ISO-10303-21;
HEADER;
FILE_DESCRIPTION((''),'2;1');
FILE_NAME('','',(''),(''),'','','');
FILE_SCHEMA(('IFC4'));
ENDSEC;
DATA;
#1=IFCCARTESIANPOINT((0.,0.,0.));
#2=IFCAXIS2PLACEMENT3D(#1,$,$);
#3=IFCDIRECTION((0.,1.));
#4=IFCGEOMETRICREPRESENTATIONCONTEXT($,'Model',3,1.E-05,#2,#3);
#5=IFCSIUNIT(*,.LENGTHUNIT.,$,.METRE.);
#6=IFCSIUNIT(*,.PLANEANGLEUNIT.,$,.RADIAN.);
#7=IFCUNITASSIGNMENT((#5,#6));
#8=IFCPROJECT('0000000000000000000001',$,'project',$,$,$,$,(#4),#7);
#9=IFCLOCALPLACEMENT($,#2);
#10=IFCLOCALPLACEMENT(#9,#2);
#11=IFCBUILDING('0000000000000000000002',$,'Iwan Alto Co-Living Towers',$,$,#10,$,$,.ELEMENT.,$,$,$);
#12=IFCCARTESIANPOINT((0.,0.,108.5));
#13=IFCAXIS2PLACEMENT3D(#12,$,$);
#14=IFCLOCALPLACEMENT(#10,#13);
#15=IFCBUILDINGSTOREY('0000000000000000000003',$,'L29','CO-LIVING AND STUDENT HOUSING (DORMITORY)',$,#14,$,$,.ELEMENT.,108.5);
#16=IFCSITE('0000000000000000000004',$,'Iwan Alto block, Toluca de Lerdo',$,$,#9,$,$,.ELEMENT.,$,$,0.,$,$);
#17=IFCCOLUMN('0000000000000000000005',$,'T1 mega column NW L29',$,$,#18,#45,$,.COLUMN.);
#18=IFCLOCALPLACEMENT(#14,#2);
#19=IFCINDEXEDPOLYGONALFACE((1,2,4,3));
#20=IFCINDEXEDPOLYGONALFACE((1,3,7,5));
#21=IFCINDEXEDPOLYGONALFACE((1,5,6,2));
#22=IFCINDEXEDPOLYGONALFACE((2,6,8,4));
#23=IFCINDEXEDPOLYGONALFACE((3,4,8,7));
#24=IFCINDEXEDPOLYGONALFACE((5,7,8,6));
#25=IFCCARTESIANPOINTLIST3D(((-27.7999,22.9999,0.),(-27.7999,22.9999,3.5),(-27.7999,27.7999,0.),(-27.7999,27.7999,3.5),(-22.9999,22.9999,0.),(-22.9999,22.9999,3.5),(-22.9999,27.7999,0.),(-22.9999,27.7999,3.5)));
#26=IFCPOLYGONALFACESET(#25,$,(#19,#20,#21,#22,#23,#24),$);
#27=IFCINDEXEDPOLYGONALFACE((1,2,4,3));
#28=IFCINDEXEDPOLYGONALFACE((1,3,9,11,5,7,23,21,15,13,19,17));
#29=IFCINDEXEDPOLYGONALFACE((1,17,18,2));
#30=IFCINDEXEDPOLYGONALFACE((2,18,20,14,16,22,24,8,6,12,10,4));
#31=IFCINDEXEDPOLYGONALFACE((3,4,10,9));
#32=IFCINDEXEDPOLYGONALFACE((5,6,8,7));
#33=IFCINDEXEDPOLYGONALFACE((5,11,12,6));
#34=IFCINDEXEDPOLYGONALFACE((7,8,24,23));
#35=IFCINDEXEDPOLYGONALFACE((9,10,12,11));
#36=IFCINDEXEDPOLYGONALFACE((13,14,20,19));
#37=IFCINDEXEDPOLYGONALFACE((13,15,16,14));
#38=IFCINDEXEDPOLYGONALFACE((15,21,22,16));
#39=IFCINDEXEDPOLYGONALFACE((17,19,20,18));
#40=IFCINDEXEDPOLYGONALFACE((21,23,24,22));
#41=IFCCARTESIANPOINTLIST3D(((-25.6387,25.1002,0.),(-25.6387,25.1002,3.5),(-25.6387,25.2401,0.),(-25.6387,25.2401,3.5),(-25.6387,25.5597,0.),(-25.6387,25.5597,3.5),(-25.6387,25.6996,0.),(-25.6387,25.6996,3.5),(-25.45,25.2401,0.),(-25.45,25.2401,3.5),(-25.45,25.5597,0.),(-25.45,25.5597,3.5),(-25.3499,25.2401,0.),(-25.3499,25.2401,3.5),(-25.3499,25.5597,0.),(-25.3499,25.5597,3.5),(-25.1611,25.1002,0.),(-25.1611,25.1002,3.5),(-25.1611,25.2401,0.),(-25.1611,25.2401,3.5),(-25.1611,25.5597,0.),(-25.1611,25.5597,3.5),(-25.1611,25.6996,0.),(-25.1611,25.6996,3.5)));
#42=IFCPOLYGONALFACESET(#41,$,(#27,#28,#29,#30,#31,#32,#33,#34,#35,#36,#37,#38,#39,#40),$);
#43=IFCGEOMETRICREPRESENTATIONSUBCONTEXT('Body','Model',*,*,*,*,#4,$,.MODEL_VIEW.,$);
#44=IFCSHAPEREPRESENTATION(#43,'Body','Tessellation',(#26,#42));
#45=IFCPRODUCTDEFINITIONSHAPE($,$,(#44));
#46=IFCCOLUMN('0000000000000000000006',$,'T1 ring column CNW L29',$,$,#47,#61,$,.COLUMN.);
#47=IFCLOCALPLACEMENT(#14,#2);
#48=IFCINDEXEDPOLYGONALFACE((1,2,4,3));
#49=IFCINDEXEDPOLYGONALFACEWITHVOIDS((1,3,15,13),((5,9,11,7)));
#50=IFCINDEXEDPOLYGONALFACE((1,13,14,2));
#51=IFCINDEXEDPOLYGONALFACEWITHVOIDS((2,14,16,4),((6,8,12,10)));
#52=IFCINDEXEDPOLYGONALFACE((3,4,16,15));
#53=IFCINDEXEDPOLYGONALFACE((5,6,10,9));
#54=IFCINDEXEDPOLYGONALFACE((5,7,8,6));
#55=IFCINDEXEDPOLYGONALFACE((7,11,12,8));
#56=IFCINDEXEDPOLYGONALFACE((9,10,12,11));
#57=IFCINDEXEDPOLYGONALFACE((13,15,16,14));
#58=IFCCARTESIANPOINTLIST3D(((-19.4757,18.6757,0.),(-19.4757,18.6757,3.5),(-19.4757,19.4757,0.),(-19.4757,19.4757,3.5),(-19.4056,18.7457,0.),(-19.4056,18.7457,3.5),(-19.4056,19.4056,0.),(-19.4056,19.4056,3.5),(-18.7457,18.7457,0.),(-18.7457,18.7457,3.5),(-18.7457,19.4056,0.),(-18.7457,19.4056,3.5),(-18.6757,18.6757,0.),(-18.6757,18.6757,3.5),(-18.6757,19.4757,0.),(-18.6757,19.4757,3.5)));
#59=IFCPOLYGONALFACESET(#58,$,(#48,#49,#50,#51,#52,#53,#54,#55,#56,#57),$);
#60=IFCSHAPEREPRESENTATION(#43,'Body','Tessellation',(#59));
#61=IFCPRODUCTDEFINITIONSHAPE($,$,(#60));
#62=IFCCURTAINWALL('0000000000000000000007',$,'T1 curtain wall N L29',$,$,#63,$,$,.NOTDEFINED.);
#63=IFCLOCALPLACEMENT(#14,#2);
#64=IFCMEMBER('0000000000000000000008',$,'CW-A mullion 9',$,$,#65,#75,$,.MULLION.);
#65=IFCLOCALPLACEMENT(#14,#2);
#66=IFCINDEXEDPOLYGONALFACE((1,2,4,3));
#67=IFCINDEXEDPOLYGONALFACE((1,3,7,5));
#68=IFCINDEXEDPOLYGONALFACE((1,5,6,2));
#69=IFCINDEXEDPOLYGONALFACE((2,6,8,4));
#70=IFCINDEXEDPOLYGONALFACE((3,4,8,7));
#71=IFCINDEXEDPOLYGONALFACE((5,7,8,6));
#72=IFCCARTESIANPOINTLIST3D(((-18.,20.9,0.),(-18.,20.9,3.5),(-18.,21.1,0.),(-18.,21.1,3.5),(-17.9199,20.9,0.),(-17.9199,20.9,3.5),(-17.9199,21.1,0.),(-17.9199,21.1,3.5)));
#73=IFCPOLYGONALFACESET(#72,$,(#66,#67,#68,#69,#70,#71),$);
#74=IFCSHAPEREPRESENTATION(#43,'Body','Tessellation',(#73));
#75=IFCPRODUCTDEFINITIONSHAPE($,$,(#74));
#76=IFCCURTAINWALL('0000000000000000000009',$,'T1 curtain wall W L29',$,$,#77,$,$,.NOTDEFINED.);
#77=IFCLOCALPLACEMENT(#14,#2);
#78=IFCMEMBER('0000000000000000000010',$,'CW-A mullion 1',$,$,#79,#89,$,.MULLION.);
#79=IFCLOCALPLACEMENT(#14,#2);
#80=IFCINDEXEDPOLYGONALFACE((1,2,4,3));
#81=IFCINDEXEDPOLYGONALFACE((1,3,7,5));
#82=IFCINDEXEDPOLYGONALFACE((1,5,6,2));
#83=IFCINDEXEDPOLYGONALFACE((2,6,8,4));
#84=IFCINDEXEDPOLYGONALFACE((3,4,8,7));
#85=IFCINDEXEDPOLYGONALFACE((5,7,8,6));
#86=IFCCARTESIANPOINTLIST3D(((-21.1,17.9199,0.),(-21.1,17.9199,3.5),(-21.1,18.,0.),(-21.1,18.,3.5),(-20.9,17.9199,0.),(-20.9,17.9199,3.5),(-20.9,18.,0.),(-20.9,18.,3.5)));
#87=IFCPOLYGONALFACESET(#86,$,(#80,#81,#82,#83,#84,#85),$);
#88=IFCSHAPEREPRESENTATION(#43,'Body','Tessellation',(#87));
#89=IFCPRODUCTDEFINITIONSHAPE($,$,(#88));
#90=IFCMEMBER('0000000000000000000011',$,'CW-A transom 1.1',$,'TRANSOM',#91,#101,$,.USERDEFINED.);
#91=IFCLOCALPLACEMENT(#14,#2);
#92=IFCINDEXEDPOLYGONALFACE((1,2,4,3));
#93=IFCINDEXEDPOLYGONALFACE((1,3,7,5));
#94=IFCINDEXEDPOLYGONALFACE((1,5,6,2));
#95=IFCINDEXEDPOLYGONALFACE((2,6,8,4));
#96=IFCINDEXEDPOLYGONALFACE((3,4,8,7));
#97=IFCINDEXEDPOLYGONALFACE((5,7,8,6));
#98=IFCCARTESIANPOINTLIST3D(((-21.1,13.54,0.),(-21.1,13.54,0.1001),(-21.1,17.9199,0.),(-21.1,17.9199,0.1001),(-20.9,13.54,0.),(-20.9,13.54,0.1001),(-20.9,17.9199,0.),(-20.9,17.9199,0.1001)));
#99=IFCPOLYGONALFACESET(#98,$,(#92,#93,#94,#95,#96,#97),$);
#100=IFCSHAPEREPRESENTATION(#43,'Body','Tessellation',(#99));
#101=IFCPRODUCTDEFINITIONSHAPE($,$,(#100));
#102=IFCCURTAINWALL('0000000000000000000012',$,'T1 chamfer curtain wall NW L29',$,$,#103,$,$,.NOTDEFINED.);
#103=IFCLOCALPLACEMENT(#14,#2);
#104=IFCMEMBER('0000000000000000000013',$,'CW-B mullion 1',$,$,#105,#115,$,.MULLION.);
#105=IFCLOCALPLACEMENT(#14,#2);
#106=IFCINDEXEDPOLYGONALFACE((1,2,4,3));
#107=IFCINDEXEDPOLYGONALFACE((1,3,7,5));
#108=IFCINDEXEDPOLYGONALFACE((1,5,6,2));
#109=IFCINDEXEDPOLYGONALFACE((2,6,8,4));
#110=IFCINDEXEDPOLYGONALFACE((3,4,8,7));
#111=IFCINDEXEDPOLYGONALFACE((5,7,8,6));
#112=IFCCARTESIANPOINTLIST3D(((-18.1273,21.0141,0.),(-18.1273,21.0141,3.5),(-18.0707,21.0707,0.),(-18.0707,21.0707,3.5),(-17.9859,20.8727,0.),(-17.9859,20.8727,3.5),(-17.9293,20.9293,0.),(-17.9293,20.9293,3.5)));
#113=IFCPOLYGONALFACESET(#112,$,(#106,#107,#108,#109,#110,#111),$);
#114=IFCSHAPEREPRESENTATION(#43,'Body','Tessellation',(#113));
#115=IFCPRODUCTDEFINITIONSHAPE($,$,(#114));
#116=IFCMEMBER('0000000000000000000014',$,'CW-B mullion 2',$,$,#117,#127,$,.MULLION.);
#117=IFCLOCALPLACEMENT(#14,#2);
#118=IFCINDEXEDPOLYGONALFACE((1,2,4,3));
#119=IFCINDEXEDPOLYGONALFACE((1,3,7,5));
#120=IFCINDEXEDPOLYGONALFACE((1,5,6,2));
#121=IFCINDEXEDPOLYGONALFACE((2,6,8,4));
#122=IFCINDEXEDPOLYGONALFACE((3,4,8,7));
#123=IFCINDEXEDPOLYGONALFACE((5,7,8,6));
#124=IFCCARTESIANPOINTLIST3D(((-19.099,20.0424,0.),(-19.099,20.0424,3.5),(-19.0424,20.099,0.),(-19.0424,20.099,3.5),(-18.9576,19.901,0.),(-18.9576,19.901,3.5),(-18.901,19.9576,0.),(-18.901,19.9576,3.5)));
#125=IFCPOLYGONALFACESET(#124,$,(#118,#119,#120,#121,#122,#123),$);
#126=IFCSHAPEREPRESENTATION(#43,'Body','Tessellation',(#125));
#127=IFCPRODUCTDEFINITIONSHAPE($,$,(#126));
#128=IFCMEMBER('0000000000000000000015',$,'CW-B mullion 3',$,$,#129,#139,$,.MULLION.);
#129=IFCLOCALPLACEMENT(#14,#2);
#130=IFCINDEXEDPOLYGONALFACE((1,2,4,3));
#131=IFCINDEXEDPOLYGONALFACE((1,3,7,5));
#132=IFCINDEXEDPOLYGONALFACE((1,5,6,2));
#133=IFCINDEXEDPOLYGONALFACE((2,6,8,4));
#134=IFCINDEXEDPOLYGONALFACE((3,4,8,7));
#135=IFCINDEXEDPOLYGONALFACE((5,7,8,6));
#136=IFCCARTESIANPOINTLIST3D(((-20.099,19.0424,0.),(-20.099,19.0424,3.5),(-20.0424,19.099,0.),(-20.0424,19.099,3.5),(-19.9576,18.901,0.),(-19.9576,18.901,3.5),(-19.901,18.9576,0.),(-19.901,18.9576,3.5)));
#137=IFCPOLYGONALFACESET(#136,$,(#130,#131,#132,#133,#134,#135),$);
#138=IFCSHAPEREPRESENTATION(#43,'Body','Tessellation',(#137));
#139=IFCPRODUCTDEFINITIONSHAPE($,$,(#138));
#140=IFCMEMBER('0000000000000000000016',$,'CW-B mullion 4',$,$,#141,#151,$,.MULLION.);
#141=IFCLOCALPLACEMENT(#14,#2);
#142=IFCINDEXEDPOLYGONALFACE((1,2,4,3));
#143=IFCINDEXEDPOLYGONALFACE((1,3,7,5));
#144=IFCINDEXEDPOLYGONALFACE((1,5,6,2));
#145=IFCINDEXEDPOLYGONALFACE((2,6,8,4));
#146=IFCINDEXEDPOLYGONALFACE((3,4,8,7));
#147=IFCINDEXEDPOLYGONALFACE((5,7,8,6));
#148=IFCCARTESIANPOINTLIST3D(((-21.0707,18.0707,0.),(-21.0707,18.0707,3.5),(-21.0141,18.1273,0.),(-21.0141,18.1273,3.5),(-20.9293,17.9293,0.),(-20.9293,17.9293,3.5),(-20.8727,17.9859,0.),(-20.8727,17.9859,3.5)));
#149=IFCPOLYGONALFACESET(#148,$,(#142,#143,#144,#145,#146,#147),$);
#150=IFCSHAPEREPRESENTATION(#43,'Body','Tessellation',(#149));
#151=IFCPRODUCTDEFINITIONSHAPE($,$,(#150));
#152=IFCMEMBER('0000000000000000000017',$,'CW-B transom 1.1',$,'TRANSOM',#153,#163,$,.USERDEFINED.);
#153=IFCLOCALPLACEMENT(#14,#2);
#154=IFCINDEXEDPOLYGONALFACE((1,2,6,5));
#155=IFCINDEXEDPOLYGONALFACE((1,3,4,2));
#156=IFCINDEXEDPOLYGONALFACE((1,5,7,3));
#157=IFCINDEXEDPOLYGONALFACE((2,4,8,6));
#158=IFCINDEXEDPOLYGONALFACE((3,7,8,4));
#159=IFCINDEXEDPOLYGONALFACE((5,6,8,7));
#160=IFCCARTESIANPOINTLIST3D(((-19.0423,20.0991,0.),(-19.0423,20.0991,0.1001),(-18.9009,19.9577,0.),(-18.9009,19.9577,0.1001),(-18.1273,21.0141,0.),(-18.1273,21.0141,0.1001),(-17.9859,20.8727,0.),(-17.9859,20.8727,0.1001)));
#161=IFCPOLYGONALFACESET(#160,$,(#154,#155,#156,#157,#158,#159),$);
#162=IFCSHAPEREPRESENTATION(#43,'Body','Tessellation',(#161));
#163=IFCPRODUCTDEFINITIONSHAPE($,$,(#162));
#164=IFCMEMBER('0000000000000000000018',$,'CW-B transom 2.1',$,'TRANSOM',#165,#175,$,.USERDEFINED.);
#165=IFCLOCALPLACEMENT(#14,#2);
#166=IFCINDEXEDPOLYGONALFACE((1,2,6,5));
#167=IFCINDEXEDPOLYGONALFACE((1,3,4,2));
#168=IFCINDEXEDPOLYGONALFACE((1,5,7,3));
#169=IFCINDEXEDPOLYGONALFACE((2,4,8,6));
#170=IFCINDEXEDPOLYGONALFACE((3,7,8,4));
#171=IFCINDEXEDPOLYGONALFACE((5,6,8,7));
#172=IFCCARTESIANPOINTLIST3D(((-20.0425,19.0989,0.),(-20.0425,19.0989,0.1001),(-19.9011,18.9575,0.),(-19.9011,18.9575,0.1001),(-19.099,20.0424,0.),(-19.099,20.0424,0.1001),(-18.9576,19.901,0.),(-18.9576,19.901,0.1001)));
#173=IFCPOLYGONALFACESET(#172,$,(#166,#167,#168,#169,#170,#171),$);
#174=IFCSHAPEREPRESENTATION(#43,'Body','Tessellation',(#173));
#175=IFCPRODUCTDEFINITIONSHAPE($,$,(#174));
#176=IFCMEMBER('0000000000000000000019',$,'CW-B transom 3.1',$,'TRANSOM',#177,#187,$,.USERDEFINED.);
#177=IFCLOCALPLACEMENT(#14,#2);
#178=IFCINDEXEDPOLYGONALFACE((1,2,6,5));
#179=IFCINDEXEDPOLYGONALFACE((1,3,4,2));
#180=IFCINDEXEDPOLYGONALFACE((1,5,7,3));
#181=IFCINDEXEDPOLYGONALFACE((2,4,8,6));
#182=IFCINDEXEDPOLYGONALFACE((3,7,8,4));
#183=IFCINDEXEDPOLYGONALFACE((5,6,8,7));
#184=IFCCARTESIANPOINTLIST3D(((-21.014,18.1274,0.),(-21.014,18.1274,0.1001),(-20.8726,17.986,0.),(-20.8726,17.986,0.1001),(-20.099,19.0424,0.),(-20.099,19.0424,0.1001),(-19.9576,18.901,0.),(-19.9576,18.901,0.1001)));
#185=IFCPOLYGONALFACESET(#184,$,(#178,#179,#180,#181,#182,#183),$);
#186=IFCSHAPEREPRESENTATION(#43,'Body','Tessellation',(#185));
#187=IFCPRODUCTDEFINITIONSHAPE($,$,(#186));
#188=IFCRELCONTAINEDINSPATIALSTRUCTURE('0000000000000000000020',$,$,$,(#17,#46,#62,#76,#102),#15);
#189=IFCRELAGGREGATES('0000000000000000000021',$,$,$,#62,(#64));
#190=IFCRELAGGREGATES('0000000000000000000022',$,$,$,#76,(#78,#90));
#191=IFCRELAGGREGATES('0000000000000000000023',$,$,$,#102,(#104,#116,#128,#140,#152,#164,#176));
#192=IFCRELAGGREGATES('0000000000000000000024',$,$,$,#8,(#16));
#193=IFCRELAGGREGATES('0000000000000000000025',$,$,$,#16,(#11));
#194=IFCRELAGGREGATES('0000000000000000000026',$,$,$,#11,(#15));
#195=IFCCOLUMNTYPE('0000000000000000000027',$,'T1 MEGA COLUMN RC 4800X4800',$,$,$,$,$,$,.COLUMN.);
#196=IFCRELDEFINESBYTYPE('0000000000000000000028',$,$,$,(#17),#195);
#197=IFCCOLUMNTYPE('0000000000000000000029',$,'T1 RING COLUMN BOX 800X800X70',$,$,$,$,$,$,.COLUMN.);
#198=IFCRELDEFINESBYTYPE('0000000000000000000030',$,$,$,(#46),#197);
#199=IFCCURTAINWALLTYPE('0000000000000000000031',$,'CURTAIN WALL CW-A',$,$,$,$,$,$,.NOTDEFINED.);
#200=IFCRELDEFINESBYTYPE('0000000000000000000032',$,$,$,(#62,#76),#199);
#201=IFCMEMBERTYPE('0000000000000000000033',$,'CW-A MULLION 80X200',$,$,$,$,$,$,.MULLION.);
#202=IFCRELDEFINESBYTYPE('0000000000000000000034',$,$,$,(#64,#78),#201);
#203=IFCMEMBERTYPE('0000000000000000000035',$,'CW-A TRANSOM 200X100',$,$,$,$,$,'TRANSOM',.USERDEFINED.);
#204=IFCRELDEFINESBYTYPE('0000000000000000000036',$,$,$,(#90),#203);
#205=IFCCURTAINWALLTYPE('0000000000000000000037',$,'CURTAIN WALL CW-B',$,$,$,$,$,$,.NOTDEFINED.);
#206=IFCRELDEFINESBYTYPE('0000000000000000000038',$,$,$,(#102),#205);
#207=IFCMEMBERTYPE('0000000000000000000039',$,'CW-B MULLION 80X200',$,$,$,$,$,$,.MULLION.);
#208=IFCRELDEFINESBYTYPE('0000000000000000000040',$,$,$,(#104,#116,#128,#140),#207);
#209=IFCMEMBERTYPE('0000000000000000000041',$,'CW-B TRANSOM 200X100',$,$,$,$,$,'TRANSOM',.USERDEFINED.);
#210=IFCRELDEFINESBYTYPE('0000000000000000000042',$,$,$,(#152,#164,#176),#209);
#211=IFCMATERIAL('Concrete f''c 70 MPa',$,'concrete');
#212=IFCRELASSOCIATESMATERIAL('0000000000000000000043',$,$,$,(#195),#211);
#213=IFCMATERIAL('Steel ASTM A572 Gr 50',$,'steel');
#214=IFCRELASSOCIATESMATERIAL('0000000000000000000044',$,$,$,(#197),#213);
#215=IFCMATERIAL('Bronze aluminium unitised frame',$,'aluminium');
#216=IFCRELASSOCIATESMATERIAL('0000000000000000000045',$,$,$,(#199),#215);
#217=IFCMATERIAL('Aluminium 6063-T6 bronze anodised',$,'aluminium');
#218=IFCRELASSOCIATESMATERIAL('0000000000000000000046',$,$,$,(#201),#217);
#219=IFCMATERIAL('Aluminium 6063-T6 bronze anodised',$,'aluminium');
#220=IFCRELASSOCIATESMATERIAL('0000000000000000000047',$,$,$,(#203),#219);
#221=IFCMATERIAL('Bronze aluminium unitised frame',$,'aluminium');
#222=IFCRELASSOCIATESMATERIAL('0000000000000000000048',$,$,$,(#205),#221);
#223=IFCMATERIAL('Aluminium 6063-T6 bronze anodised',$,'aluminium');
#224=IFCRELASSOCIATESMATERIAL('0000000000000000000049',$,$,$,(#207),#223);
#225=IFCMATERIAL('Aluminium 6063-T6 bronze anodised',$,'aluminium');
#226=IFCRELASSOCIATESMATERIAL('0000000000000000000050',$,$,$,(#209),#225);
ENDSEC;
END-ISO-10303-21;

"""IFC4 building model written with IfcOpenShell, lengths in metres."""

from ifc_helpers import new_model, si_unit, direction, frame, origin, origin_2d, place, context, subcontext, project, spatial, rectangle, hollow_rectangle, i_section, extrude, material, material_profile, profile_set, type_object, element, aggregate, save


model = new_model("IFC4")

# Units and contexts
model_context = context("Model", 3, precision=1e-05, world=origin(), true_north=direction((0.0, 1.0)))
body_context = subcontext(model_context, "Body", "Model", "MODEL_VIEW")
ifc_project = project(units=[si_unit("LENGTHUNIT", "METRE"), si_unit("PLANEANGLEUNIT", "RADIAN")], contexts=[model_context])

# Site, building, storey
site_placement = place(None, origin())
site = spatial("IfcSite", under=ifc_project, at=site_placement, Name="Iwan Alto block, Toluca de Lerdo", CompositionType="ELEMENT", RefElevation=0.0)
building_placement = place(site_placement, origin())
building = spatial("IfcBuilding", under=site, at=building_placement, Name="Iwan Alto Co-Living Towers", CompositionType="ELEMENT")
storey_placement = place(building_placement, frame((0.0, 0.0, 108.5)))
storey = spatial("IfcBuildingStorey", under=building, at=storey_placement, Name="L29", Description="CO-LIVING AND STUDENT HOUSING (DORMITORY)", CompositionType="ELEMENT", Elevation=108.5)

# Columns
ifc_material_1 = material(Name="Concrete f'c 70 MPa", Category="concrete")
ifc_material_profile_1 = material_profile(ifc_material_1, rectangle(XDim=4.8, YDim=4.8, at=origin_2d()), Name="RC 4800X4800")
ifc_profile_set_1 = profile_set([ifc_material_profile_1], Name="Concrete f'c 70 MPa")
column_type_1 = type_object("IfcColumnType", Name="T1 MEGA COLUMN RC 4800X4800", PredefinedType="COLUMN", material=ifc_profile_set_1)
column_1_placement = place(storey_placement, frame((-25.3999, 25.3999, 0.0), z_axis=(0.0, 0.0, 1.0), x_axis=(1.0, 0.0, 0.0)))
element("IfcColumn", 1, at=column_1_placement, inside=storey, type_object=column_type_1, Name="T1 mega column NW L29", PredefinedType="COLUMN", context=body_context, shape_type="SweptSolid", body=[
    extrude(rectangle(XDim=4.8, YDim=4.8, at=origin_2d()), origin(), (0.0, 0.0, 1.0), 3.5),
    extrude(i_section(OverallWidth=0.4775, OverallDepth=0.5994, WebThickness=0.1001, FlangeThickness=0.1399, at=origin_2d()), origin(), (0.0, 0.0, 1.0), 3.5),
])
ifc_material_2 = material(Name="Steel ASTM A572 Gr 50", Category="steel")
ifc_material_profile_2 = material_profile(ifc_material_2, hollow_rectangle(XDim=0.8, YDim=0.8, WallThickness=0.0701, at=origin_2d()), Name="BOX 800X800X70")
ifc_profile_set_2 = profile_set([ifc_material_profile_2], Name="Steel ASTM A572 Gr 50")
column_type_2 = type_object("IfcColumnType", Name="T1 RING COLUMN BOX 800X800X70", PredefinedType="COLUMN", material=ifc_profile_set_2)
column_2_placement = place(storey_placement, frame((-19.0757, 19.0757, 0.0), z_axis=(0.0, 0.0, 1.0), x_axis=(1.0, 0.0, 0.0)))
element("IfcColumn", 2, at=column_2_placement, inside=storey, type_object=column_type_2, Name="T1 ring column CNW L29", PredefinedType="COLUMN", context=body_context, shape_type="SweptSolid", body=[
    extrude(hollow_rectangle(XDim=0.8, YDim=0.8, WallThickness=0.0701, at=origin_2d()), origin(), (0.0, 0.0, 1.0), 3.5),
])

# Curtain wall, member
ifc_material_3 = material(Name="Bronze aluminium unitised frame", Category="aluminium")
curtain_wall_type_1 = type_object("IfcCurtainWallType", Name="CURTAIN WALL CW-A", PredefinedType="NOTDEFINED", material=ifc_material_3)
curtain_wall_1_placement = place(storey_placement, origin())
curtain_wall_1 = element("IfcCurtainWall", 3, at=curtain_wall_1_placement, inside=storey, type_object=curtain_wall_type_1, Name="T1 curtain wall N L29", PredefinedType="NOTDEFINED")
ifc_material_4 = material(Name="Aluminium 6063-T6 bronze anodised", Category="aluminium")
ifc_material_profile_3 = material_profile(ifc_material_4, rectangle(XDim=0.2, YDim=0.0801, at=origin_2d()), Name="AL 80X200")
ifc_profile_set_3 = profile_set([ifc_material_profile_3], Name="Aluminium 6063-T6 bronze anodised")
member_type_1 = type_object("IfcMemberType", Name="CW-A MULLION 80X200", PredefinedType="MULLION", material=ifc_profile_set_3)
member_1_placement = place(storey_placement, frame((-17.96, 21.0, 0.0), z_axis=(0.0, 0.0, 1.0), x_axis=(0.0, -1.0, 0.0)))
member_1 = element("IfcMember", 4, at=member_1_placement, type_object=member_type_1, Name="CW-A mullion 9", PredefinedType="MULLION", context=body_context, shape_type="SweptSolid", body=[
    extrude(rectangle(XDim=0.2, YDim=0.0801, at=origin_2d()), origin(), (0.0, 0.0, 1.0), 3.5),
])

# Curtain walls, members
curtain_wall_2_placement = place(storey_placement, origin())
curtain_wall_2 = element("IfcCurtainWall", 5, at=curtain_wall_2_placement, inside=storey, type_object=curtain_wall_type_1, Name="T1 curtain wall W L29", PredefinedType="NOTDEFINED")
member_2_placement = place(storey_placement, frame((-21.0, 17.96, 0.0), z_axis=(0.0, 0.0, 1.0), x_axis=(1.0, 0.0, 0.0)))
member_2 = element("IfcMember", 6, at=member_2_placement, type_object=member_type_1, Name="CW-A mullion 1", PredefinedType="MULLION", context=body_context, shape_type="SweptSolid", body=[
    extrude(rectangle(XDim=0.2, YDim=0.0801, at=origin_2d()), origin(), (0.0, 0.0, 1.0), 3.5),
])
ifc_material_5 = material(Name="Aluminium 6063-T6 bronze anodised", Category="aluminium")
ifc_material_profile_4 = material_profile(ifc_material_5, rectangle(XDim=0.2, YDim=0.1001, at=origin_2d()), Name="AL 200X100")
ifc_profile_set_4 = profile_set([ifc_material_profile_4], Name="Aluminium 6063-T6 bronze anodised")
member_type_2 = type_object("IfcMemberType", Name="CW-A TRANSOM 200X100", ElementType="TRANSOM", PredefinedType="USERDEFINED", material=ifc_profile_set_4)
member_3_placement = place(storey_placement, frame((-21.0, 17.9199, 0.05), z_axis=(0.0, -1.0, 0.0), x_axis=(1.0, 0.0, 0.0)))
member_3 = element("IfcMember", 7, at=member_3_placement, type_object=member_type_2, Name="CW-A transom 1.1", ObjectType="TRANSOM", PredefinedType="USERDEFINED", context=body_context, shape_type="SweptSolid", body=[
    extrude(rectangle(XDim=0.2, YDim=0.1001, at=origin_2d()), origin(), (0.0, 0.0, 1.0), 4.3799),
])
ifc_material_6 = material(Name="Bronze aluminium unitised frame", Category="aluminium")
curtain_wall_type_2 = type_object("IfcCurtainWallType", Name="CURTAIN WALL CW-B", PredefinedType="NOTDEFINED", material=ifc_material_6)
curtain_wall_3_placement = place(storey_placement, origin())
curtain_wall_3 = element("IfcCurtainWall", 8, at=curtain_wall_3_placement, inside=storey, type_object=curtain_wall_type_2, Name="T1 chamfer curtain wall NW L29", PredefinedType="NOTDEFINED")
ifc_material_7 = material(Name="Aluminium 6063-T6 bronze anodised", Category="aluminium")
ifc_material_profile_5 = material_profile(ifc_material_7, rectangle(XDim=0.2, YDim=0.0801, at=origin_2d()), Name="AL 80X200")
ifc_profile_set_5 = profile_set([ifc_material_profile_5], Name="Aluminium 6063-T6 bronze anodised")
member_type_3 = type_object("IfcMemberType", Name="CW-B MULLION 80X200", PredefinedType="MULLION", material=ifc_profile_set_5)
member_4_placement = place(storey_placement, frame((-18.0283, 20.9717, 0.0), z_axis=(0.0, 0.0, 1.0), x_axis=(0.707107, -0.707107, 0.0)))
member_4 = element("IfcMember", 9, at=member_4_placement, type_object=member_type_3, Name="CW-B mullion 1", PredefinedType="MULLION", context=body_context, shape_type="SweptSolid", body=[
    extrude(rectangle(XDim=0.2, YDim=0.0801, at=origin_2d()), origin(), (0.0, 0.0, 1.0), 3.5),
])
member_5_placement = place(storey_placement, frame((-19.0, 20.0, 0.0), z_axis=(0.0, 0.0, 1.0), x_axis=(0.707107, -0.707107, 0.0)))
member_5 = element("IfcMember", 10, at=member_5_placement, type_object=member_type_3, Name="CW-B mullion 2", PredefinedType="MULLION", context=body_context, shape_type="SweptSolid", body=[
    extrude(rectangle(XDim=0.2, YDim=0.0801, at=origin_2d()), origin(), (0.0, 0.0, 1.0), 3.5),
])
member_6_placement = place(storey_placement, frame((-20.0, 19.0, 0.0), z_axis=(0.0, 0.0, 1.0), x_axis=(0.707107, -0.707107, 0.0)))
member_6 = element("IfcMember", 11, at=member_6_placement, type_object=member_type_3, Name="CW-B mullion 3", PredefinedType="MULLION", context=body_context, shape_type="SweptSolid", body=[
    extrude(rectangle(XDim=0.2, YDim=0.0801, at=origin_2d()), origin(), (0.0, 0.0, 1.0), 3.5),
])
member_7_placement = place(storey_placement, frame((-20.9717, 18.0283, 0.0), z_axis=(0.0, 0.0, 1.0), x_axis=(0.707107, -0.707107, 0.0)))
member_7 = element("IfcMember", 12, at=member_7_placement, type_object=member_type_3, Name="CW-B mullion 4", PredefinedType="MULLION", context=body_context, shape_type="SweptSolid", body=[
    extrude(rectangle(XDim=0.2, YDim=0.0801, at=origin_2d()), origin(), (0.0, 0.0, 1.0), 3.5),
])
ifc_material_8 = material(Name="Aluminium 6063-T6 bronze anodised", Category="aluminium")
ifc_material_profile_6 = material_profile(ifc_material_8, rectangle(XDim=0.2, YDim=0.1001, at=origin_2d()), Name="AL 200X100")
ifc_profile_set_6 = profile_set([ifc_material_profile_6], Name="Aluminium 6063-T6 bronze anodised")
member_type_4 = type_object("IfcMemberType", Name="CW-B TRANSOM 200X100", ElementType="TRANSOM", PredefinedType="USERDEFINED", material=ifc_profile_set_6)
member_8_placement = place(storey_placement, frame((-18.0566, 20.9434, 0.05), z_axis=(-0.707107, -0.707107, 0.0), x_axis=(0.707107, -0.707107, 0.0)))
member_8 = element("IfcMember", 13, at=member_8_placement, type_object=member_type_4, Name="CW-B transom 1.1", ObjectType="TRANSOM", PredefinedType="USERDEFINED", context=body_context, shape_type="SweptSolid", body=[
    extrude(rectangle(XDim=0.2, YDim=0.1001, at=origin_2d()), origin(), (0.0, 0.0, 1.0), 1.2939),
])
member_9_placement = place(storey_placement, frame((-19.0283, 19.9717, 0.05), z_axis=(-0.707107, -0.707107, 0.0), x_axis=(0.707107, -0.707107, 0.0)))
member_9 = element("IfcMember", 14, at=member_9_placement, type_object=member_type_4, Name="CW-B transom 2.1", ObjectType="TRANSOM", PredefinedType="USERDEFINED", context=body_context, shape_type="SweptSolid", body=[
    extrude(rectangle(XDim=0.2, YDim=0.1001, at=origin_2d()), origin(), (0.0, 0.0, 1.0), 1.3342),
])
member_10_placement = place(storey_placement, frame((-20.0283, 18.9717, 0.05), z_axis=(-0.707107, -0.707107, 0.0), x_axis=(0.707107, -0.707107, 0.0)))
member_10 = element("IfcMember", 15, at=member_10_placement, type_object=member_type_4, Name="CW-B transom 3.1", ObjectType="TRANSOM", PredefinedType="USERDEFINED", context=body_context, shape_type="SweptSolid", body=[
    extrude(rectangle(XDim=0.2, YDim=0.1001, at=origin_2d()), origin(), (0.0, 0.0, 1.0), 1.2939),
])

aggregate(curtain_wall_1, [member_1])
aggregate(curtain_wall_2, [member_2, member_3])
aggregate(curtain_wall_3, [member_4, member_5, member_6, member_7, member_8, member_9, member_10])

save(model, "model.ifc")
